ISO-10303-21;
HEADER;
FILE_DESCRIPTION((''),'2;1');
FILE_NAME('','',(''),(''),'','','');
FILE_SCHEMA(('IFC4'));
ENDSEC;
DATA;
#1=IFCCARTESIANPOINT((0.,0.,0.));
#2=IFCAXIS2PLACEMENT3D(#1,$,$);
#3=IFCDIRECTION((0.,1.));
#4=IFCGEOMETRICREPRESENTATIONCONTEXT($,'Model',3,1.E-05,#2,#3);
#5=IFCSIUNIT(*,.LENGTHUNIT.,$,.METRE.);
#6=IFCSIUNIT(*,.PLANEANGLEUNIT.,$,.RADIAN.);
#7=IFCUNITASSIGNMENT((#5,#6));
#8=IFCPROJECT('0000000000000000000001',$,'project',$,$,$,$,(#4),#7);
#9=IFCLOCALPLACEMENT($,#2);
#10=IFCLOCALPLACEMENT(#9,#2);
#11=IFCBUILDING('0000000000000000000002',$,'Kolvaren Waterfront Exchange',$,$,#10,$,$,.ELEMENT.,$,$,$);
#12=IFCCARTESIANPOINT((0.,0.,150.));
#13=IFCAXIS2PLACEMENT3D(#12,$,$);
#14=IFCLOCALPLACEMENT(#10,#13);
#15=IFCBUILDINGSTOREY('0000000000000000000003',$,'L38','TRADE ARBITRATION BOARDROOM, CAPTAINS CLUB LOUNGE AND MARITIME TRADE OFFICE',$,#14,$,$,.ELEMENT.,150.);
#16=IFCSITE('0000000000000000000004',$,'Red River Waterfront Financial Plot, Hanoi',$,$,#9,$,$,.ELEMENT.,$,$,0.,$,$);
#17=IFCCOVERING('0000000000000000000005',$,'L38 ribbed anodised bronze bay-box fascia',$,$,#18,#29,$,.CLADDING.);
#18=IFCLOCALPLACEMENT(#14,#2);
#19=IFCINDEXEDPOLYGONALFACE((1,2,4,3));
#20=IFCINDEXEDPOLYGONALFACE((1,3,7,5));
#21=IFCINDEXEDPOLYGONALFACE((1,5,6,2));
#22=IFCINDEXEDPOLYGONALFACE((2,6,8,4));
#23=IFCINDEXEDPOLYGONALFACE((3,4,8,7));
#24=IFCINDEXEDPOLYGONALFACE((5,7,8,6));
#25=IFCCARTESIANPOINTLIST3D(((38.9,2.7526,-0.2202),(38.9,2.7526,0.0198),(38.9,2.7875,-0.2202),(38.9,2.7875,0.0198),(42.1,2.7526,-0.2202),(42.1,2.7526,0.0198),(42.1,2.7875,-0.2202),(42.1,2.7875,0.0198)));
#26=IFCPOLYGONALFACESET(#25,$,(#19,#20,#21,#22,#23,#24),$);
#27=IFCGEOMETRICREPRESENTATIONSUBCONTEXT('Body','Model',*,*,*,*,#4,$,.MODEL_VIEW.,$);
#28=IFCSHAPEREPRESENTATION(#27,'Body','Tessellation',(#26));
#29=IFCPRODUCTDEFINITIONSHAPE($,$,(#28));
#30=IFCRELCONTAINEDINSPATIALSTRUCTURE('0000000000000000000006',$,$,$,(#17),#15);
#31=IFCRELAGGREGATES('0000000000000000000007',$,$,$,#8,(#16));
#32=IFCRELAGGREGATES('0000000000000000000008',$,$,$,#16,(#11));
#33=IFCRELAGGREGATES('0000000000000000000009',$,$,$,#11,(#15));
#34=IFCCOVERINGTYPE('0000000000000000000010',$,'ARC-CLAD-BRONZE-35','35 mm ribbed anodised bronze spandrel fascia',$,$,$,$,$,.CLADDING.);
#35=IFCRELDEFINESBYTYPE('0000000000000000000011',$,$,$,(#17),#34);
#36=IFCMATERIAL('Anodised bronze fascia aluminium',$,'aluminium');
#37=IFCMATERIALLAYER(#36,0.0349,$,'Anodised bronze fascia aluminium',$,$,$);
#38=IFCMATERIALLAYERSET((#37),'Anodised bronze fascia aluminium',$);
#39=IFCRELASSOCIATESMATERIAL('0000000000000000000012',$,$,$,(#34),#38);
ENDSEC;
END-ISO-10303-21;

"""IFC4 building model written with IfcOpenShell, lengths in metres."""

from ifc_helpers import new_model, si_unit, direction, frame, origin, origin_2d, place, context, subcontext, project, spatial, rectangle, extrude, material, layer, layer_set, type_object, element, save


model = new_model("IFC4")

# Units and contexts
model_context = context("Model", 3, precision=1e-05, world=origin(), true_north=direction((0.0, 1.0)))
body_context = subcontext(model_context, "Body", "Model", "MODEL_VIEW")
ifc_project = project(units=[si_unit("LENGTHUNIT", "METRE"), si_unit("PLANEANGLEUNIT", "RADIAN")], contexts=[model_context])

# Site, building, storey
site_placement = place(None, origin())
site = spatial("IfcSite", under=ifc_project, at=site_placement, Name="Red River Waterfront Financial Plot, Hanoi", CompositionType="ELEMENT", RefElevation=0.0)
building_placement = place(site_placement, origin())
building = spatial("IfcBuilding", under=site, at=building_placement, Name="Kolvaren Waterfront Exchange", CompositionType="ELEMENT")
storey_placement = place(building_placement, frame((0.0, 0.0, 150.0)))
storey = spatial("IfcBuildingStorey", under=building, at=storey_placement, Name="L38", Description="TRADE ARBITRATION BOARDROOM, CAPTAINS CLUB LOUNGE AND MARITIME TRADE OFFICE", CompositionType="ELEMENT", Elevation=150.0)

# Covering
ifc_material_1 = material(Name="Anodised bronze fascia aluminium", Category="aluminium")
ifc_layer_1 = layer(ifc_material_1, 0.0349, Name="Anodised bronze fascia aluminium")
ifc_layer_set_1 = layer_set([ifc_layer_1], Name="Anodised bronze fascia aluminium")
covering_type = type_object("IfcCoveringType", Name="ARC-CLAD-BRONZE-35", Description="35 mm ribbed anodised bronze spandrel fascia", PredefinedType="CLADDING", material=ifc_layer_set_1)
covering_placement = place(storey_placement, frame((40.5, 2.77, -0.2202), z_axis=(0.0, 0.0, 1.0), x_axis=(1.0, 0.0, 0.0)))
element("IfcCovering", 1, at=covering_placement, inside=storey, type_object=covering_type, Name="L38 ribbed anodised bronze bay-box fascia", PredefinedType="CLADDING", context=body_context, shape_type="SweptSolid", body=[
    extrude(rectangle(XDim=3.2, YDim=0.0349, at=origin_2d()), origin(), (0.0, 0.0, 1.0), 0.24),
])

save(model, "model.ifc")
